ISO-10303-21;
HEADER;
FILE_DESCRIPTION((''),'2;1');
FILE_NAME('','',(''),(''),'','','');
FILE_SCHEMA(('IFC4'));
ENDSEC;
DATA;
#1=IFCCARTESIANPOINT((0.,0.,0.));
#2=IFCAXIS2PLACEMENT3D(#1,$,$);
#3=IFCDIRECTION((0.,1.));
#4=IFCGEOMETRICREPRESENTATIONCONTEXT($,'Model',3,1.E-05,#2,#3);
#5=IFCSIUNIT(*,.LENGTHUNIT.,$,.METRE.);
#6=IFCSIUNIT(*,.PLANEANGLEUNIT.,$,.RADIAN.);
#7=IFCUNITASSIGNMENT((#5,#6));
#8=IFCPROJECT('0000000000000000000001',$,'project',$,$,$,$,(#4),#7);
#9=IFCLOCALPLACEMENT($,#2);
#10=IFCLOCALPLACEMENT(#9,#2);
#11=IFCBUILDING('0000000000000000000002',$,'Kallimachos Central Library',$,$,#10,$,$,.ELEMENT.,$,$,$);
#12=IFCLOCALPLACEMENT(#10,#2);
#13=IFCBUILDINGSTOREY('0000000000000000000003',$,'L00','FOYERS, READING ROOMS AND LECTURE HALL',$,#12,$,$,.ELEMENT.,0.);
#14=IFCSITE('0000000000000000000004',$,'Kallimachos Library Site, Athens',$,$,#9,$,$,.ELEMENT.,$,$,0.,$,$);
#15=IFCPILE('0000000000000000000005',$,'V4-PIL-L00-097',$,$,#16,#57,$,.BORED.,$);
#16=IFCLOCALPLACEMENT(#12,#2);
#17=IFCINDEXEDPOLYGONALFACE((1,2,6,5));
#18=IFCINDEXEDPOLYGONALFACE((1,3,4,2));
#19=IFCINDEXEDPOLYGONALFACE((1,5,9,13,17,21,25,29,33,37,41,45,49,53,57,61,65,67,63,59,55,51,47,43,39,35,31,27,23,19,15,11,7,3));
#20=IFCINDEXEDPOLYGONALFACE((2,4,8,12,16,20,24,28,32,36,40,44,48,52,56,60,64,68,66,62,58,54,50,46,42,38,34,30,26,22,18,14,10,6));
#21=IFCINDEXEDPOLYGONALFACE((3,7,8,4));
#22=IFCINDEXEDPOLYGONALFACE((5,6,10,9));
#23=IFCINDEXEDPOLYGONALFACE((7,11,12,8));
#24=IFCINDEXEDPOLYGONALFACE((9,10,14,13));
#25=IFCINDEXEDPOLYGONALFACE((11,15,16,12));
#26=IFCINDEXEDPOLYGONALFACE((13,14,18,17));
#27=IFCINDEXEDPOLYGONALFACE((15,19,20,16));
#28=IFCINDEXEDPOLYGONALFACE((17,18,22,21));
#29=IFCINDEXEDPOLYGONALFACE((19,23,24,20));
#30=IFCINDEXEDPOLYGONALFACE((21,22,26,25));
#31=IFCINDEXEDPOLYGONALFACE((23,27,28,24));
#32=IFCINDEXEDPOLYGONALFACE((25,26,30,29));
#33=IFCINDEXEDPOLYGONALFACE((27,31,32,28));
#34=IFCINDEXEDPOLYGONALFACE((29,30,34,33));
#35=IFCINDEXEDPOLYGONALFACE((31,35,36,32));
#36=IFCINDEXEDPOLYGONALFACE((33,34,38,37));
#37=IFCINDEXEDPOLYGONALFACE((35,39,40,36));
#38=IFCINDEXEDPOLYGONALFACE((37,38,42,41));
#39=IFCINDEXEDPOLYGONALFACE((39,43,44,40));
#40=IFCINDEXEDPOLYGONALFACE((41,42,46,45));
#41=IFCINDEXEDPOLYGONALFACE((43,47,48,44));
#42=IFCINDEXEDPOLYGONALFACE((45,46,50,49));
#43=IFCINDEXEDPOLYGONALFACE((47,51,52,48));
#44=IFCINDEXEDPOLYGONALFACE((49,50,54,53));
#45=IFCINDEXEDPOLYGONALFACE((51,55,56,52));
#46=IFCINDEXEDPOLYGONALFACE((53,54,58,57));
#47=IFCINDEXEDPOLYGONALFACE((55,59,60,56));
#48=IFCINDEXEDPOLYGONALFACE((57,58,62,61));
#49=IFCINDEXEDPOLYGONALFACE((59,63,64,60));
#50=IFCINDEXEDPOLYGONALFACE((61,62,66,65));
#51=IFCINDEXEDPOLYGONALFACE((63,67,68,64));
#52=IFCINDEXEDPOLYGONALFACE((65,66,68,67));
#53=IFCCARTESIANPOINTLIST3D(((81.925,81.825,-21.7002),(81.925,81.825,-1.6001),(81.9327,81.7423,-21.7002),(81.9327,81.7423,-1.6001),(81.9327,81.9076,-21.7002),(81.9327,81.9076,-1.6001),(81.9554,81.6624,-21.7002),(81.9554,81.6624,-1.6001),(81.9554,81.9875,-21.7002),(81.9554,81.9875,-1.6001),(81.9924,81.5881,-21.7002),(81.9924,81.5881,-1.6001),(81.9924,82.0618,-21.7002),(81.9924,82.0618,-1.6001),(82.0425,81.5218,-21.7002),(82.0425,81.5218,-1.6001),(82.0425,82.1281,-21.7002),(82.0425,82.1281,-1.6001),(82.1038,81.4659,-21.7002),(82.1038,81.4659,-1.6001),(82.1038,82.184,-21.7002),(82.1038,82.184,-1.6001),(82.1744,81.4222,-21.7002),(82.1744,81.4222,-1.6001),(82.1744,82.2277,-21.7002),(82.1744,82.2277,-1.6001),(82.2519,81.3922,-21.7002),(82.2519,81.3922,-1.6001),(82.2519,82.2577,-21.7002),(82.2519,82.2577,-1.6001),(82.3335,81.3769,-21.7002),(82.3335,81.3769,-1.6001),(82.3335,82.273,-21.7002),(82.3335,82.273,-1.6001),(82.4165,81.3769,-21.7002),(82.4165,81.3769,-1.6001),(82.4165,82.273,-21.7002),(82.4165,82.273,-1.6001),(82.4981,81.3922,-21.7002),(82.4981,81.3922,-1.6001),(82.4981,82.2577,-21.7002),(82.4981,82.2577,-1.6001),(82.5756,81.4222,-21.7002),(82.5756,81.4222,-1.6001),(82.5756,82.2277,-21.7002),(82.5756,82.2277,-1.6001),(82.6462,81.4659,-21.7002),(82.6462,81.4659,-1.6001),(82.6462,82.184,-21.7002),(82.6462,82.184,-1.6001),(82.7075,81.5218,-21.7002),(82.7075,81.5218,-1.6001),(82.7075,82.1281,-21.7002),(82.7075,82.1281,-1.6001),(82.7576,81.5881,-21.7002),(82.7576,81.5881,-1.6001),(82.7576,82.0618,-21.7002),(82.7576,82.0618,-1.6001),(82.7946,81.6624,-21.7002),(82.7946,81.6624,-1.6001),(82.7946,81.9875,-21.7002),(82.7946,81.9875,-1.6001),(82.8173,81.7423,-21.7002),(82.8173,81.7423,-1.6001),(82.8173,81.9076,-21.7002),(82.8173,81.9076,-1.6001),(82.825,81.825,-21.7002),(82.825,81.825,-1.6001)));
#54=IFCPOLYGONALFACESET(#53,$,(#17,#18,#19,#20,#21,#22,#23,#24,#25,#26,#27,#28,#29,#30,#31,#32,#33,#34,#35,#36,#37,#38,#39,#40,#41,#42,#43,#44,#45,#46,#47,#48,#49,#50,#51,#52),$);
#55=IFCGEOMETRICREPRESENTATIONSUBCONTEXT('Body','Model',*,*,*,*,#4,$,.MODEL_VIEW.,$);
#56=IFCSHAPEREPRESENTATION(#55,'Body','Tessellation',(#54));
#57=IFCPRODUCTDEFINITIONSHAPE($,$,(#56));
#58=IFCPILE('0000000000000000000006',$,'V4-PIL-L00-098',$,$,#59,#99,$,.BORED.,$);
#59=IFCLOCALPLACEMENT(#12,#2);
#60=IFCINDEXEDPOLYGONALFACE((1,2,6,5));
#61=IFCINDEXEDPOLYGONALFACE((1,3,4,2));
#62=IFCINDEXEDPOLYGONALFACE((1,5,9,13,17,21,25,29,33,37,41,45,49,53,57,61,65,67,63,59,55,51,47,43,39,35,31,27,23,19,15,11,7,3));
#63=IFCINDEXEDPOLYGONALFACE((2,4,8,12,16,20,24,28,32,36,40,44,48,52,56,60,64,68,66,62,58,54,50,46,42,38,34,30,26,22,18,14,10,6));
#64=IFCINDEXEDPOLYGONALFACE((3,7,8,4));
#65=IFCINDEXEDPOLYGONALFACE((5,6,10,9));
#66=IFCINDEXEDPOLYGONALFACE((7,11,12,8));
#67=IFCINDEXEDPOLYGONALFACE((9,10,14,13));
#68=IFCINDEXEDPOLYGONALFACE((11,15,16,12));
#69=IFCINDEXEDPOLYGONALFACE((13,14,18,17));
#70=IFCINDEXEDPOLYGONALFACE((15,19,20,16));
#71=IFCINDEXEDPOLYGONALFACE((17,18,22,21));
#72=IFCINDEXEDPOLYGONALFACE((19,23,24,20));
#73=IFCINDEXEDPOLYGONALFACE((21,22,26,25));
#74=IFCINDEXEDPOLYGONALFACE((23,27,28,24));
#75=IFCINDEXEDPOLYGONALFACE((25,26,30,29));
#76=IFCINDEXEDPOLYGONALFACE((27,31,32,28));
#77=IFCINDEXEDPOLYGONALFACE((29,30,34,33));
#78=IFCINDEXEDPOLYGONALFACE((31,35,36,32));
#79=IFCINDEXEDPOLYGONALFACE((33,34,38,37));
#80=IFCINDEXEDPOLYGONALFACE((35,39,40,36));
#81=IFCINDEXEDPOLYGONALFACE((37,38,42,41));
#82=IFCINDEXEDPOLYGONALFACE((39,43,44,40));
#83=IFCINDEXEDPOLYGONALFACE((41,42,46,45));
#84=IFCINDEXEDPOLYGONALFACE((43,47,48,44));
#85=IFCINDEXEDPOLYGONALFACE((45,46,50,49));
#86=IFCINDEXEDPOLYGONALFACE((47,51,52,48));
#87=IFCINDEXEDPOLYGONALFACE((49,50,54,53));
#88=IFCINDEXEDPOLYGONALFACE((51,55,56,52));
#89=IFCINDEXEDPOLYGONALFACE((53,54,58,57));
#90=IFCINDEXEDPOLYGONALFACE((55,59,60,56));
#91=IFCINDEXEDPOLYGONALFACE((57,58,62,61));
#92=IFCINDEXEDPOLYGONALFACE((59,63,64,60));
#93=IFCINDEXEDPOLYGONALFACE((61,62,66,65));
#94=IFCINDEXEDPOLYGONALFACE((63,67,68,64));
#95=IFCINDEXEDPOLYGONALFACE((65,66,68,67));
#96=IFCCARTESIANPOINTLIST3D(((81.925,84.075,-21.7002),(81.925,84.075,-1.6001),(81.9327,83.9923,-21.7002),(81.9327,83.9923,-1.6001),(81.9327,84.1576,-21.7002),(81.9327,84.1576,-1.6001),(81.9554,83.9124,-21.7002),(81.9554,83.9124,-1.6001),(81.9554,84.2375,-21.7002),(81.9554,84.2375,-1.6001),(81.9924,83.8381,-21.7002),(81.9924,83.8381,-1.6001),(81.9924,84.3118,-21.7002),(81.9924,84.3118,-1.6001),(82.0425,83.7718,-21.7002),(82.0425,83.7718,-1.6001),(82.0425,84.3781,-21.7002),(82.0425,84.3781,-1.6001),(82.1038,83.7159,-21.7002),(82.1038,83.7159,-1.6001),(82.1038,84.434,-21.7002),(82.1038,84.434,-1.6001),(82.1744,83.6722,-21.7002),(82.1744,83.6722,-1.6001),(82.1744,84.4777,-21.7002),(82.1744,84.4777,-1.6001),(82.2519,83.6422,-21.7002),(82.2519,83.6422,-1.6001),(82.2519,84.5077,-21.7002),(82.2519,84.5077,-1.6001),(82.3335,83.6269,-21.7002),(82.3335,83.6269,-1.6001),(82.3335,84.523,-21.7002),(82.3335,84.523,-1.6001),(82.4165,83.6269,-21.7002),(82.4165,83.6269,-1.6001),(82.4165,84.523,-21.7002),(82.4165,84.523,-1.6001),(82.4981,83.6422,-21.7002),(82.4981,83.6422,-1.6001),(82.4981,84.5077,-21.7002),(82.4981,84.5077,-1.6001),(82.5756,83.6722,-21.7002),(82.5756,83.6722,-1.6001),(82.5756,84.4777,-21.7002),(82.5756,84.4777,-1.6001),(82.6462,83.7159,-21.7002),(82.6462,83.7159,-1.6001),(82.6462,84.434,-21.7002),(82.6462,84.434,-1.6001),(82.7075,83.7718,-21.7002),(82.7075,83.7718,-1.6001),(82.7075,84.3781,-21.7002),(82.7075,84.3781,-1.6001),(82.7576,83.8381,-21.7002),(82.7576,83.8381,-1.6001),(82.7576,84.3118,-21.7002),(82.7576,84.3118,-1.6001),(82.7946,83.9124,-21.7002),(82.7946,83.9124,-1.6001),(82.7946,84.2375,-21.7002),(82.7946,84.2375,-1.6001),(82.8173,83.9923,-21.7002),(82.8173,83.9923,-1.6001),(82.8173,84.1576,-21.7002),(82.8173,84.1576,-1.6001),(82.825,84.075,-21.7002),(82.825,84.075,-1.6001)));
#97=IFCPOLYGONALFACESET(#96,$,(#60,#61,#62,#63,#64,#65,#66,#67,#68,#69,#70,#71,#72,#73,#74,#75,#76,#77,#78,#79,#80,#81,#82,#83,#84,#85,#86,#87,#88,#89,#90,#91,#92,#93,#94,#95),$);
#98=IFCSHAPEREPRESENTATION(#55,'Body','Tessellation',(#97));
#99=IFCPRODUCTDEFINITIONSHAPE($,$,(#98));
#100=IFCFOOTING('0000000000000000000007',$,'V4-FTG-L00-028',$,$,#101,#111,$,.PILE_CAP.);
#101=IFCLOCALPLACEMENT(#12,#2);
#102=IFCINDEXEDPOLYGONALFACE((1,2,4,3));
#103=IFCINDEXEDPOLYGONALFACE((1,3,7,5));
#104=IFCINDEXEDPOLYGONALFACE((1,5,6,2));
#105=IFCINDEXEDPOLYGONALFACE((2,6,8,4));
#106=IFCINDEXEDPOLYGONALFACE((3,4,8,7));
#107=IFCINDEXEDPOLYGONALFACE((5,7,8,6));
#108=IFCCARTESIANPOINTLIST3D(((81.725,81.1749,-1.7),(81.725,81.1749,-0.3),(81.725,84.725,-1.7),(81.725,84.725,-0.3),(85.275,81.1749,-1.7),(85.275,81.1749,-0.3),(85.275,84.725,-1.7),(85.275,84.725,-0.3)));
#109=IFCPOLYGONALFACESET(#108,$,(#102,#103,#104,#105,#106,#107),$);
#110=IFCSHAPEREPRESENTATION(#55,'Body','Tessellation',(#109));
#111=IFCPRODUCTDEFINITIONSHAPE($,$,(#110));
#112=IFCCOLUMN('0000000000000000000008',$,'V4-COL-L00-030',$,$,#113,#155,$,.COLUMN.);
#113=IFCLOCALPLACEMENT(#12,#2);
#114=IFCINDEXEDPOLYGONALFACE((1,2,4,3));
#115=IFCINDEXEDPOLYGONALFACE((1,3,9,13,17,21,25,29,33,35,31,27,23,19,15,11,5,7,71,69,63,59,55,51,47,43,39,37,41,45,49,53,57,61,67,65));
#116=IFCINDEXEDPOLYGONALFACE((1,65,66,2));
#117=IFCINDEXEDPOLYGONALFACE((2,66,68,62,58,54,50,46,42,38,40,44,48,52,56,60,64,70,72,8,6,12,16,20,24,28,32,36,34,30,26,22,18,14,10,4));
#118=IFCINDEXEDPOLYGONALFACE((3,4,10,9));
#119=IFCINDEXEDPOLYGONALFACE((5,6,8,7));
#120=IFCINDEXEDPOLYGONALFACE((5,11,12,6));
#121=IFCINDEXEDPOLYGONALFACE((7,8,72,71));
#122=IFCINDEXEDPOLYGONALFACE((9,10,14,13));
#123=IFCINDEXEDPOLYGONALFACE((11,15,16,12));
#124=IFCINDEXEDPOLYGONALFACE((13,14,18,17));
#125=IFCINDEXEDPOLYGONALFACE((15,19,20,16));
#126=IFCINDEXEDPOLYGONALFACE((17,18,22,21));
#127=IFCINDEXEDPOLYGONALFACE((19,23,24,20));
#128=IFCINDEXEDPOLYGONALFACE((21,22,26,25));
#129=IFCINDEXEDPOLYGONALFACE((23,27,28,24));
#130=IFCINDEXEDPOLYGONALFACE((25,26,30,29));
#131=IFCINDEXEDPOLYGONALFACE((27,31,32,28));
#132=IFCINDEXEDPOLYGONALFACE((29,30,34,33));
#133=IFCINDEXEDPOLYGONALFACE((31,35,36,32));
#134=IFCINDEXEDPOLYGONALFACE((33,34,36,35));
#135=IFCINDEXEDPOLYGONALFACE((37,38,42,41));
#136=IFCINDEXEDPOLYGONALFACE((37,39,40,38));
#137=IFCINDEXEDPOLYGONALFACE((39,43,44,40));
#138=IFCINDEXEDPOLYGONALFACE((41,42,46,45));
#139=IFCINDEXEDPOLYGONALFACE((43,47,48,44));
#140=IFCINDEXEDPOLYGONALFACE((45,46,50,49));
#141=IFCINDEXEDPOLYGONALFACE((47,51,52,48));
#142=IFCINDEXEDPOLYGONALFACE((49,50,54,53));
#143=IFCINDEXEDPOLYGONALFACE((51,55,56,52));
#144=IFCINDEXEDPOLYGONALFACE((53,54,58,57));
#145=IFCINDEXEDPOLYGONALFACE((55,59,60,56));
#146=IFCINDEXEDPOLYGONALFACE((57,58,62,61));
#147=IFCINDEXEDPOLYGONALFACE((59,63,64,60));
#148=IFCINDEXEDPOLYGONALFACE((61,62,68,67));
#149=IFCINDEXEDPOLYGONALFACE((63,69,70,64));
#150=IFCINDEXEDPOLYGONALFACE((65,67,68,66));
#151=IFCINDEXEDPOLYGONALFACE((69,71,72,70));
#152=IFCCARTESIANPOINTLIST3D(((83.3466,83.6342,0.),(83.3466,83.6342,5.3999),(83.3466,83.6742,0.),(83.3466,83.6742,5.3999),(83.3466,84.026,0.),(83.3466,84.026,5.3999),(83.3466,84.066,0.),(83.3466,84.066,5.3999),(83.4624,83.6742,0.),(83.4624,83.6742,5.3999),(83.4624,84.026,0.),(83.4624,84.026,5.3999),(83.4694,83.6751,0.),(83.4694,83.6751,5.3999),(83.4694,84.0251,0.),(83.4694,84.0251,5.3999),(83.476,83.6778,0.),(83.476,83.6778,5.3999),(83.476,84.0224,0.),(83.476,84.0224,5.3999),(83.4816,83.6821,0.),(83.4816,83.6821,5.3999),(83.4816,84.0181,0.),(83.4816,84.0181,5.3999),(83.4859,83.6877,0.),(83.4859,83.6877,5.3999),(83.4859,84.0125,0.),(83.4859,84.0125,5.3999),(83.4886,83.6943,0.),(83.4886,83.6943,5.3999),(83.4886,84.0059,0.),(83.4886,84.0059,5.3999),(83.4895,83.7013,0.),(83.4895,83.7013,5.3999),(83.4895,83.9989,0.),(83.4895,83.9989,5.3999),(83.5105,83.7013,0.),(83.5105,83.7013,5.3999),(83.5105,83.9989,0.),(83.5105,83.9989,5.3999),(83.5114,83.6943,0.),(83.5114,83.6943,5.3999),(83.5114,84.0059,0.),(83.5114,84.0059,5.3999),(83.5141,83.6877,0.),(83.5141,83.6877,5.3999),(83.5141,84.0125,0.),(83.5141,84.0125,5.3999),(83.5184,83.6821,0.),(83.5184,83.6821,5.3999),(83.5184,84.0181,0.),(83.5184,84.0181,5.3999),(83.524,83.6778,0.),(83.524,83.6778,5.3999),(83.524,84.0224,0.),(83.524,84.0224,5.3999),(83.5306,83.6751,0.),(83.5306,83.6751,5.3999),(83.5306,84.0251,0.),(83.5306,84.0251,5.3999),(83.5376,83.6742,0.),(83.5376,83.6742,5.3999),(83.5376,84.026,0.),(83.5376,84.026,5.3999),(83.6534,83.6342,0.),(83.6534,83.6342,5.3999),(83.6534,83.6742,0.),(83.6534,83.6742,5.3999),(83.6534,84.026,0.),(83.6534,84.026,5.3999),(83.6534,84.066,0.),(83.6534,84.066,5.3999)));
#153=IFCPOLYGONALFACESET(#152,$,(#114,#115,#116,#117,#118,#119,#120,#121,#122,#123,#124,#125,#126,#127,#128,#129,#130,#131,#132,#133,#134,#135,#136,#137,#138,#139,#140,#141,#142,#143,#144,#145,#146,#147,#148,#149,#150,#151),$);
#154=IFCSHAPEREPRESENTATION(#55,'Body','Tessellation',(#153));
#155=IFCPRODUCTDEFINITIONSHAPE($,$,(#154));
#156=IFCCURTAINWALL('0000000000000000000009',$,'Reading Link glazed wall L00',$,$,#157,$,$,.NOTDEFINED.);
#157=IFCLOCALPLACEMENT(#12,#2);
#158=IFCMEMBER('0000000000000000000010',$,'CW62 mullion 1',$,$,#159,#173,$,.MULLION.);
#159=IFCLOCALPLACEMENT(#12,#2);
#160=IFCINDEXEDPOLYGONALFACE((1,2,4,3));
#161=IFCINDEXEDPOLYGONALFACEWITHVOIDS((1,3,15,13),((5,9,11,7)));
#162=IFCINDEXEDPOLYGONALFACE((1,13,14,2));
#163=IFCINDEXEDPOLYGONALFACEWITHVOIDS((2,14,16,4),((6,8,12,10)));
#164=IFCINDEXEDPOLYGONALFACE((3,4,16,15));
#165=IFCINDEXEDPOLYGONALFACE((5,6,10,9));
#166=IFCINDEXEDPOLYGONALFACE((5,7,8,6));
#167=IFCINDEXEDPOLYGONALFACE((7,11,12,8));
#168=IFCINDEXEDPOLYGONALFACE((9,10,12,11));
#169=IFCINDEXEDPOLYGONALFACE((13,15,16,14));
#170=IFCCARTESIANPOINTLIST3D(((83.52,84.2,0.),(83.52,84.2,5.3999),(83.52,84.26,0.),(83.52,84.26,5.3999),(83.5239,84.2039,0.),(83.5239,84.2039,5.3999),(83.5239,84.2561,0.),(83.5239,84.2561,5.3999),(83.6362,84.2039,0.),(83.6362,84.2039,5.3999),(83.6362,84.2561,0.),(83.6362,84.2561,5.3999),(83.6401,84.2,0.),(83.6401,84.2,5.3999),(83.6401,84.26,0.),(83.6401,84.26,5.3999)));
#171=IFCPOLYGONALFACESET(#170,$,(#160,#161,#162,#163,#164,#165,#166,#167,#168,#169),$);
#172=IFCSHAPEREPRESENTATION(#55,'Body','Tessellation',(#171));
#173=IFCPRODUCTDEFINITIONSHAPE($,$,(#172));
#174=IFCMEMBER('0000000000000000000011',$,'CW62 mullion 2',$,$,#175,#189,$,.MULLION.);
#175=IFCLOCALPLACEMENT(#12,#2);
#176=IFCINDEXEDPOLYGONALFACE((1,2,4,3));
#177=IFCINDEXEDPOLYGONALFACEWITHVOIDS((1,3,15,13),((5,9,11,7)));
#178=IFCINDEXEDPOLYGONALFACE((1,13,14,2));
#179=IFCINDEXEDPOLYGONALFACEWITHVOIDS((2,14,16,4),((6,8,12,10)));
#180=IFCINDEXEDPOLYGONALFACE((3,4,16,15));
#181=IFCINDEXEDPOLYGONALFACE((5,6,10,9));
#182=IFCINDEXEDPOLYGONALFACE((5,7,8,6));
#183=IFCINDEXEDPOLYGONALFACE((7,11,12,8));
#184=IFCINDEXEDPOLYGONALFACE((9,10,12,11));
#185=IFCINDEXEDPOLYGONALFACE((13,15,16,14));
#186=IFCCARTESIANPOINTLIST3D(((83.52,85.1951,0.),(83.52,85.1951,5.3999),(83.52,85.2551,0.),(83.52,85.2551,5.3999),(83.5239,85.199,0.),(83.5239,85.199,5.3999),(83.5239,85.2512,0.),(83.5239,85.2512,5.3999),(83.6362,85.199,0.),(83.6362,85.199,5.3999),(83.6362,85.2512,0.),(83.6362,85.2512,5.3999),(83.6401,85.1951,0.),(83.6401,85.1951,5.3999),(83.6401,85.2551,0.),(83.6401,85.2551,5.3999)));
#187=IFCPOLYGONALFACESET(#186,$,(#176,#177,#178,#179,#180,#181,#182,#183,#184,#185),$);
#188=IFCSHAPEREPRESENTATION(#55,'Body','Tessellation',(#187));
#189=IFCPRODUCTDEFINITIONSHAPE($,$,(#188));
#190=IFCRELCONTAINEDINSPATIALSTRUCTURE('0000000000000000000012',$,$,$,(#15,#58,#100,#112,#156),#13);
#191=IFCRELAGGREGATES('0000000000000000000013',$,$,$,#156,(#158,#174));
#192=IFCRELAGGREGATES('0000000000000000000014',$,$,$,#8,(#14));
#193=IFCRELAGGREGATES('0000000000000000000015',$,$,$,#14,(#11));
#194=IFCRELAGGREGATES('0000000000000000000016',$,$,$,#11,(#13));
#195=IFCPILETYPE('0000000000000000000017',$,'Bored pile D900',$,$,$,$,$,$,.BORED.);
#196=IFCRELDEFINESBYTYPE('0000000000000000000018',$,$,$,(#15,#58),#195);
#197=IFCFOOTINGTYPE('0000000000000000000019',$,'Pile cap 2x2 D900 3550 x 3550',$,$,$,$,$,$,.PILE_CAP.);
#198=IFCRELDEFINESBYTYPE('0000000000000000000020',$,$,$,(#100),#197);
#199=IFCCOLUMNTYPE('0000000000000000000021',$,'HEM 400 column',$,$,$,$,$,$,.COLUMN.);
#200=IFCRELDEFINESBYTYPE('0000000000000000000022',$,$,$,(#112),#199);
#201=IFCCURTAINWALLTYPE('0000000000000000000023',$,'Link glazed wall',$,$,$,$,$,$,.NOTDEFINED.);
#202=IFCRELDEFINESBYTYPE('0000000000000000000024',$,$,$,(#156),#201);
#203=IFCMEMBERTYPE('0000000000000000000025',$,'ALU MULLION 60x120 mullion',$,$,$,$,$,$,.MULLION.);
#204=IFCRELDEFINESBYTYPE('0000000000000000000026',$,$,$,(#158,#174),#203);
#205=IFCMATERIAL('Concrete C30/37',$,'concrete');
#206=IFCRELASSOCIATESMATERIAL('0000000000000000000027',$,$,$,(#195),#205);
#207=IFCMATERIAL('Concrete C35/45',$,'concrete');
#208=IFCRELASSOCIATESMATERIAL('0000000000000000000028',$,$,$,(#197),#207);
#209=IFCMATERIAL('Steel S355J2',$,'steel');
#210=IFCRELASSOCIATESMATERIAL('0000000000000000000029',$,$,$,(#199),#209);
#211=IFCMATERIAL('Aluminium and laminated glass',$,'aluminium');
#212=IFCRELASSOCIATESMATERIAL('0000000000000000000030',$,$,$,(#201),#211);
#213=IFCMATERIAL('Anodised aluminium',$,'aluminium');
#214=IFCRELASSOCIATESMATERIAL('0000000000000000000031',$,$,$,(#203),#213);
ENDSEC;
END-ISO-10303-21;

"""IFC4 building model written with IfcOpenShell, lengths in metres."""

from ifc_helpers import new_model, si_unit, direction, frame, origin, origin_2d, place, context, subcontext, project, spatial, rectangle, hollow_rectangle, circle, i_section, extrude, material, material_profile, profile_set, type_object, element, aggregate, save


model = new_model("IFC4")

# Units and contexts
model_context = context("Model", 3, precision=1e-05, world=origin(), true_north=direction((0.0, 1.0)))
body_context = subcontext(model_context, "Body", "Model", "MODEL_VIEW")
ifc_project = project(units=[si_unit("LENGTHUNIT", "METRE"), si_unit("PLANEANGLEUNIT", "RADIAN")], contexts=[model_context])

# Site, building, storey
site_placement = place(None, origin())
site = spatial("IfcSite", under=ifc_project, at=site_placement, Name="Kallimachos Library Site, Athens", CompositionType="ELEMENT", RefElevation=0.0)
building_placement = place(site_placement, origin())
building = spatial("IfcBuilding", under=site, at=building_placement, Name="Kallimachos Central Library", CompositionType="ELEMENT")
storey_placement = place(building_placement, origin())
storey = spatial("IfcBuildingStorey", under=building, at=storey_placement, Name="L00", Description="FOYERS, READING ROOMS AND LECTURE HALL", CompositionType="ELEMENT", Elevation=0.0)

# Piles
ifc_material_1 = material(Name="Concrete C30/37", Category="concrete")
pile_type = type_object("IfcPileType", Name="Bored pile D900", PredefinedType="BORED", material=ifc_material_1)
for number, where, z_axis, x_axis, name in (
    (1, (82.375, 81.825, -1.6001), (0.0, 0.0, -1.0), (1.0, 0.0, 0.0), "V4-PIL-L00-097"),
    (2, (82.375, 84.075, -1.6001), (0.0, 0.0, -1.0), (1.0, 0.0, 0.0), "V4-PIL-L00-098"),
):
    element("IfcPile", number, at=place(storey_placement, frame(where, z_axis=z_axis, x_axis=x_axis)), inside=storey, type_object=pile_type, Name=name, PredefinedType="BORED", context=body_context, shape_type="SweptSolid", body=[
        extrude(circle(Radius=0.45, at=origin_2d()), origin(), (0.0, 0.0, 1.0), 20.1001),
    ])

# Footing
ifc_material_2 = material(Name="Concrete C35/45", Category="concrete")
footing_type = type_object("IfcFootingType", Name="Pile cap 2x2 D900 3550 x 3550", PredefinedType="PILE_CAP", material=ifc_material_2)
footing_placement = place(storey_placement, frame((83.5, 82.95, -1.7), z_axis=(0.0, 0.0, 1.0), x_axis=(1.0, 0.0, 0.0)))
element("IfcFooting", 3, at=footing_placement, inside=storey, type_object=footing_type, Name="V4-FTG-L00-028", PredefinedType="PILE_CAP", context=body_context, shape_type="SweptSolid", body=[
    extrude(rectangle(XDim=3.55, YDim=3.55, at=origin_2d()), origin(), (0.0, 0.0, 1.0), 1.3999),
])

# Column
ifc_material_3 = material(Name="Steel S355J2", Category="steel")
ifc_material_profile_1 = material_profile(ifc_material_3, i_section(OverallWidth=0.3069, OverallDepth=0.4319, WebThickness=0.021, FlangeThickness=0.04, FilletRadius=0.0271, at=origin_2d()), Name="HEM 400")
ifc_profile_set_1 = profile_set([ifc_material_profile_1], Name="Steel S355J2")
column_type = type_object("IfcColumnType", Name="HEM 400 column", PredefinedType="COLUMN", material=ifc_profile_set_1)
column_placement = place(storey_placement, frame((83.5, 83.8501, 0.0), z_axis=(0.0, 0.0, 1.0), x_axis=(1.0, 0.0, 0.0)))
element("IfcColumn", 4, at=column_placement, inside=storey, type_object=column_type, Name="V4-COL-L00-030", PredefinedType="COLUMN", context=body_context, shape_type="SweptSolid", body=[
    extrude(i_section(OverallWidth=0.3069, OverallDepth=0.4319, WebThickness=0.021, FlangeThickness=0.04, FilletRadius=0.0271, at=origin_2d()), origin(), (0.0, 0.0, 1.0), 5.3999),
])

# Curtain wall, members
ifc_material_4 = material(Name="Aluminium and laminated glass", Category="aluminium")
curtain_wall_type = type_object("IfcCurtainWallType", Name="Link glazed wall", PredefinedType="NOTDEFINED", material=ifc_material_4)
curtain_wall_placement = place(storey_placement, origin())
curtain_wall = element("IfcCurtainWall", 5, at=curtain_wall_placement, inside=storey, type_object=curtain_wall_type, Name="Reading Link glazed wall L00", PredefinedType="NOTDEFINED")
ifc_material_5 = material(Name="Anodised aluminium", Category="aluminium")
ifc_material_profile_2 = material_profile(ifc_material_5, hollow_rectangle(XDim=0.0601, YDim=0.1201, WallThickness=0.0039, at=origin_2d()), Name="ALU MULLION 60x120")
ifc_profile_set_2 = profile_set([ifc_material_profile_2], Name="Anodised aluminium")
member_type_1 = type_object("IfcMemberType", Name="ALU MULLION 60x120 mullion", PredefinedType="MULLION", material=ifc_profile_set_2)
member_1_placement = place(storey_placement, frame((83.5801, 84.23, 0.0), z_axis=(0.0, 0.0, 1.0), x_axis=(0.0, 1.0, 0.0)))
member_1 = element("IfcMember", 6, at=member_1_placement, type_object=member_type_1, Name="CW62 mullion 1", PredefinedType="MULLION", context=body_context, shape_type="SweptSolid", body=[
    extrude(hollow_rectangle(XDim=0.0601, YDim=0.1201, WallThickness=0.0039, at=origin_2d()), origin(), (0.0, 0.0, 1.0), 5.3999),
])
member_2_placement = place(storey_placement, frame((83.5801, 85.2251, 0.0), z_axis=(0.0, 0.0, 1.0), x_axis=(0.0, 1.0, 0.0)))
member_2 = element("IfcMember", 7, at=member_2_placement, type_object=member_type_1, Name="CW62 mullion 2", PredefinedType="MULLION", context=body_context, shape_type="SweptSolid", body=[
    extrude(hollow_rectangle(XDim=0.0601, YDim=0.1201, WallThickness=0.0039, at=origin_2d()), origin(), (0.0, 0.0, 1.0), 5.3999),
])

aggregate(curtain_wall, [member_1, member_2])

save(model, "model.ifc")
